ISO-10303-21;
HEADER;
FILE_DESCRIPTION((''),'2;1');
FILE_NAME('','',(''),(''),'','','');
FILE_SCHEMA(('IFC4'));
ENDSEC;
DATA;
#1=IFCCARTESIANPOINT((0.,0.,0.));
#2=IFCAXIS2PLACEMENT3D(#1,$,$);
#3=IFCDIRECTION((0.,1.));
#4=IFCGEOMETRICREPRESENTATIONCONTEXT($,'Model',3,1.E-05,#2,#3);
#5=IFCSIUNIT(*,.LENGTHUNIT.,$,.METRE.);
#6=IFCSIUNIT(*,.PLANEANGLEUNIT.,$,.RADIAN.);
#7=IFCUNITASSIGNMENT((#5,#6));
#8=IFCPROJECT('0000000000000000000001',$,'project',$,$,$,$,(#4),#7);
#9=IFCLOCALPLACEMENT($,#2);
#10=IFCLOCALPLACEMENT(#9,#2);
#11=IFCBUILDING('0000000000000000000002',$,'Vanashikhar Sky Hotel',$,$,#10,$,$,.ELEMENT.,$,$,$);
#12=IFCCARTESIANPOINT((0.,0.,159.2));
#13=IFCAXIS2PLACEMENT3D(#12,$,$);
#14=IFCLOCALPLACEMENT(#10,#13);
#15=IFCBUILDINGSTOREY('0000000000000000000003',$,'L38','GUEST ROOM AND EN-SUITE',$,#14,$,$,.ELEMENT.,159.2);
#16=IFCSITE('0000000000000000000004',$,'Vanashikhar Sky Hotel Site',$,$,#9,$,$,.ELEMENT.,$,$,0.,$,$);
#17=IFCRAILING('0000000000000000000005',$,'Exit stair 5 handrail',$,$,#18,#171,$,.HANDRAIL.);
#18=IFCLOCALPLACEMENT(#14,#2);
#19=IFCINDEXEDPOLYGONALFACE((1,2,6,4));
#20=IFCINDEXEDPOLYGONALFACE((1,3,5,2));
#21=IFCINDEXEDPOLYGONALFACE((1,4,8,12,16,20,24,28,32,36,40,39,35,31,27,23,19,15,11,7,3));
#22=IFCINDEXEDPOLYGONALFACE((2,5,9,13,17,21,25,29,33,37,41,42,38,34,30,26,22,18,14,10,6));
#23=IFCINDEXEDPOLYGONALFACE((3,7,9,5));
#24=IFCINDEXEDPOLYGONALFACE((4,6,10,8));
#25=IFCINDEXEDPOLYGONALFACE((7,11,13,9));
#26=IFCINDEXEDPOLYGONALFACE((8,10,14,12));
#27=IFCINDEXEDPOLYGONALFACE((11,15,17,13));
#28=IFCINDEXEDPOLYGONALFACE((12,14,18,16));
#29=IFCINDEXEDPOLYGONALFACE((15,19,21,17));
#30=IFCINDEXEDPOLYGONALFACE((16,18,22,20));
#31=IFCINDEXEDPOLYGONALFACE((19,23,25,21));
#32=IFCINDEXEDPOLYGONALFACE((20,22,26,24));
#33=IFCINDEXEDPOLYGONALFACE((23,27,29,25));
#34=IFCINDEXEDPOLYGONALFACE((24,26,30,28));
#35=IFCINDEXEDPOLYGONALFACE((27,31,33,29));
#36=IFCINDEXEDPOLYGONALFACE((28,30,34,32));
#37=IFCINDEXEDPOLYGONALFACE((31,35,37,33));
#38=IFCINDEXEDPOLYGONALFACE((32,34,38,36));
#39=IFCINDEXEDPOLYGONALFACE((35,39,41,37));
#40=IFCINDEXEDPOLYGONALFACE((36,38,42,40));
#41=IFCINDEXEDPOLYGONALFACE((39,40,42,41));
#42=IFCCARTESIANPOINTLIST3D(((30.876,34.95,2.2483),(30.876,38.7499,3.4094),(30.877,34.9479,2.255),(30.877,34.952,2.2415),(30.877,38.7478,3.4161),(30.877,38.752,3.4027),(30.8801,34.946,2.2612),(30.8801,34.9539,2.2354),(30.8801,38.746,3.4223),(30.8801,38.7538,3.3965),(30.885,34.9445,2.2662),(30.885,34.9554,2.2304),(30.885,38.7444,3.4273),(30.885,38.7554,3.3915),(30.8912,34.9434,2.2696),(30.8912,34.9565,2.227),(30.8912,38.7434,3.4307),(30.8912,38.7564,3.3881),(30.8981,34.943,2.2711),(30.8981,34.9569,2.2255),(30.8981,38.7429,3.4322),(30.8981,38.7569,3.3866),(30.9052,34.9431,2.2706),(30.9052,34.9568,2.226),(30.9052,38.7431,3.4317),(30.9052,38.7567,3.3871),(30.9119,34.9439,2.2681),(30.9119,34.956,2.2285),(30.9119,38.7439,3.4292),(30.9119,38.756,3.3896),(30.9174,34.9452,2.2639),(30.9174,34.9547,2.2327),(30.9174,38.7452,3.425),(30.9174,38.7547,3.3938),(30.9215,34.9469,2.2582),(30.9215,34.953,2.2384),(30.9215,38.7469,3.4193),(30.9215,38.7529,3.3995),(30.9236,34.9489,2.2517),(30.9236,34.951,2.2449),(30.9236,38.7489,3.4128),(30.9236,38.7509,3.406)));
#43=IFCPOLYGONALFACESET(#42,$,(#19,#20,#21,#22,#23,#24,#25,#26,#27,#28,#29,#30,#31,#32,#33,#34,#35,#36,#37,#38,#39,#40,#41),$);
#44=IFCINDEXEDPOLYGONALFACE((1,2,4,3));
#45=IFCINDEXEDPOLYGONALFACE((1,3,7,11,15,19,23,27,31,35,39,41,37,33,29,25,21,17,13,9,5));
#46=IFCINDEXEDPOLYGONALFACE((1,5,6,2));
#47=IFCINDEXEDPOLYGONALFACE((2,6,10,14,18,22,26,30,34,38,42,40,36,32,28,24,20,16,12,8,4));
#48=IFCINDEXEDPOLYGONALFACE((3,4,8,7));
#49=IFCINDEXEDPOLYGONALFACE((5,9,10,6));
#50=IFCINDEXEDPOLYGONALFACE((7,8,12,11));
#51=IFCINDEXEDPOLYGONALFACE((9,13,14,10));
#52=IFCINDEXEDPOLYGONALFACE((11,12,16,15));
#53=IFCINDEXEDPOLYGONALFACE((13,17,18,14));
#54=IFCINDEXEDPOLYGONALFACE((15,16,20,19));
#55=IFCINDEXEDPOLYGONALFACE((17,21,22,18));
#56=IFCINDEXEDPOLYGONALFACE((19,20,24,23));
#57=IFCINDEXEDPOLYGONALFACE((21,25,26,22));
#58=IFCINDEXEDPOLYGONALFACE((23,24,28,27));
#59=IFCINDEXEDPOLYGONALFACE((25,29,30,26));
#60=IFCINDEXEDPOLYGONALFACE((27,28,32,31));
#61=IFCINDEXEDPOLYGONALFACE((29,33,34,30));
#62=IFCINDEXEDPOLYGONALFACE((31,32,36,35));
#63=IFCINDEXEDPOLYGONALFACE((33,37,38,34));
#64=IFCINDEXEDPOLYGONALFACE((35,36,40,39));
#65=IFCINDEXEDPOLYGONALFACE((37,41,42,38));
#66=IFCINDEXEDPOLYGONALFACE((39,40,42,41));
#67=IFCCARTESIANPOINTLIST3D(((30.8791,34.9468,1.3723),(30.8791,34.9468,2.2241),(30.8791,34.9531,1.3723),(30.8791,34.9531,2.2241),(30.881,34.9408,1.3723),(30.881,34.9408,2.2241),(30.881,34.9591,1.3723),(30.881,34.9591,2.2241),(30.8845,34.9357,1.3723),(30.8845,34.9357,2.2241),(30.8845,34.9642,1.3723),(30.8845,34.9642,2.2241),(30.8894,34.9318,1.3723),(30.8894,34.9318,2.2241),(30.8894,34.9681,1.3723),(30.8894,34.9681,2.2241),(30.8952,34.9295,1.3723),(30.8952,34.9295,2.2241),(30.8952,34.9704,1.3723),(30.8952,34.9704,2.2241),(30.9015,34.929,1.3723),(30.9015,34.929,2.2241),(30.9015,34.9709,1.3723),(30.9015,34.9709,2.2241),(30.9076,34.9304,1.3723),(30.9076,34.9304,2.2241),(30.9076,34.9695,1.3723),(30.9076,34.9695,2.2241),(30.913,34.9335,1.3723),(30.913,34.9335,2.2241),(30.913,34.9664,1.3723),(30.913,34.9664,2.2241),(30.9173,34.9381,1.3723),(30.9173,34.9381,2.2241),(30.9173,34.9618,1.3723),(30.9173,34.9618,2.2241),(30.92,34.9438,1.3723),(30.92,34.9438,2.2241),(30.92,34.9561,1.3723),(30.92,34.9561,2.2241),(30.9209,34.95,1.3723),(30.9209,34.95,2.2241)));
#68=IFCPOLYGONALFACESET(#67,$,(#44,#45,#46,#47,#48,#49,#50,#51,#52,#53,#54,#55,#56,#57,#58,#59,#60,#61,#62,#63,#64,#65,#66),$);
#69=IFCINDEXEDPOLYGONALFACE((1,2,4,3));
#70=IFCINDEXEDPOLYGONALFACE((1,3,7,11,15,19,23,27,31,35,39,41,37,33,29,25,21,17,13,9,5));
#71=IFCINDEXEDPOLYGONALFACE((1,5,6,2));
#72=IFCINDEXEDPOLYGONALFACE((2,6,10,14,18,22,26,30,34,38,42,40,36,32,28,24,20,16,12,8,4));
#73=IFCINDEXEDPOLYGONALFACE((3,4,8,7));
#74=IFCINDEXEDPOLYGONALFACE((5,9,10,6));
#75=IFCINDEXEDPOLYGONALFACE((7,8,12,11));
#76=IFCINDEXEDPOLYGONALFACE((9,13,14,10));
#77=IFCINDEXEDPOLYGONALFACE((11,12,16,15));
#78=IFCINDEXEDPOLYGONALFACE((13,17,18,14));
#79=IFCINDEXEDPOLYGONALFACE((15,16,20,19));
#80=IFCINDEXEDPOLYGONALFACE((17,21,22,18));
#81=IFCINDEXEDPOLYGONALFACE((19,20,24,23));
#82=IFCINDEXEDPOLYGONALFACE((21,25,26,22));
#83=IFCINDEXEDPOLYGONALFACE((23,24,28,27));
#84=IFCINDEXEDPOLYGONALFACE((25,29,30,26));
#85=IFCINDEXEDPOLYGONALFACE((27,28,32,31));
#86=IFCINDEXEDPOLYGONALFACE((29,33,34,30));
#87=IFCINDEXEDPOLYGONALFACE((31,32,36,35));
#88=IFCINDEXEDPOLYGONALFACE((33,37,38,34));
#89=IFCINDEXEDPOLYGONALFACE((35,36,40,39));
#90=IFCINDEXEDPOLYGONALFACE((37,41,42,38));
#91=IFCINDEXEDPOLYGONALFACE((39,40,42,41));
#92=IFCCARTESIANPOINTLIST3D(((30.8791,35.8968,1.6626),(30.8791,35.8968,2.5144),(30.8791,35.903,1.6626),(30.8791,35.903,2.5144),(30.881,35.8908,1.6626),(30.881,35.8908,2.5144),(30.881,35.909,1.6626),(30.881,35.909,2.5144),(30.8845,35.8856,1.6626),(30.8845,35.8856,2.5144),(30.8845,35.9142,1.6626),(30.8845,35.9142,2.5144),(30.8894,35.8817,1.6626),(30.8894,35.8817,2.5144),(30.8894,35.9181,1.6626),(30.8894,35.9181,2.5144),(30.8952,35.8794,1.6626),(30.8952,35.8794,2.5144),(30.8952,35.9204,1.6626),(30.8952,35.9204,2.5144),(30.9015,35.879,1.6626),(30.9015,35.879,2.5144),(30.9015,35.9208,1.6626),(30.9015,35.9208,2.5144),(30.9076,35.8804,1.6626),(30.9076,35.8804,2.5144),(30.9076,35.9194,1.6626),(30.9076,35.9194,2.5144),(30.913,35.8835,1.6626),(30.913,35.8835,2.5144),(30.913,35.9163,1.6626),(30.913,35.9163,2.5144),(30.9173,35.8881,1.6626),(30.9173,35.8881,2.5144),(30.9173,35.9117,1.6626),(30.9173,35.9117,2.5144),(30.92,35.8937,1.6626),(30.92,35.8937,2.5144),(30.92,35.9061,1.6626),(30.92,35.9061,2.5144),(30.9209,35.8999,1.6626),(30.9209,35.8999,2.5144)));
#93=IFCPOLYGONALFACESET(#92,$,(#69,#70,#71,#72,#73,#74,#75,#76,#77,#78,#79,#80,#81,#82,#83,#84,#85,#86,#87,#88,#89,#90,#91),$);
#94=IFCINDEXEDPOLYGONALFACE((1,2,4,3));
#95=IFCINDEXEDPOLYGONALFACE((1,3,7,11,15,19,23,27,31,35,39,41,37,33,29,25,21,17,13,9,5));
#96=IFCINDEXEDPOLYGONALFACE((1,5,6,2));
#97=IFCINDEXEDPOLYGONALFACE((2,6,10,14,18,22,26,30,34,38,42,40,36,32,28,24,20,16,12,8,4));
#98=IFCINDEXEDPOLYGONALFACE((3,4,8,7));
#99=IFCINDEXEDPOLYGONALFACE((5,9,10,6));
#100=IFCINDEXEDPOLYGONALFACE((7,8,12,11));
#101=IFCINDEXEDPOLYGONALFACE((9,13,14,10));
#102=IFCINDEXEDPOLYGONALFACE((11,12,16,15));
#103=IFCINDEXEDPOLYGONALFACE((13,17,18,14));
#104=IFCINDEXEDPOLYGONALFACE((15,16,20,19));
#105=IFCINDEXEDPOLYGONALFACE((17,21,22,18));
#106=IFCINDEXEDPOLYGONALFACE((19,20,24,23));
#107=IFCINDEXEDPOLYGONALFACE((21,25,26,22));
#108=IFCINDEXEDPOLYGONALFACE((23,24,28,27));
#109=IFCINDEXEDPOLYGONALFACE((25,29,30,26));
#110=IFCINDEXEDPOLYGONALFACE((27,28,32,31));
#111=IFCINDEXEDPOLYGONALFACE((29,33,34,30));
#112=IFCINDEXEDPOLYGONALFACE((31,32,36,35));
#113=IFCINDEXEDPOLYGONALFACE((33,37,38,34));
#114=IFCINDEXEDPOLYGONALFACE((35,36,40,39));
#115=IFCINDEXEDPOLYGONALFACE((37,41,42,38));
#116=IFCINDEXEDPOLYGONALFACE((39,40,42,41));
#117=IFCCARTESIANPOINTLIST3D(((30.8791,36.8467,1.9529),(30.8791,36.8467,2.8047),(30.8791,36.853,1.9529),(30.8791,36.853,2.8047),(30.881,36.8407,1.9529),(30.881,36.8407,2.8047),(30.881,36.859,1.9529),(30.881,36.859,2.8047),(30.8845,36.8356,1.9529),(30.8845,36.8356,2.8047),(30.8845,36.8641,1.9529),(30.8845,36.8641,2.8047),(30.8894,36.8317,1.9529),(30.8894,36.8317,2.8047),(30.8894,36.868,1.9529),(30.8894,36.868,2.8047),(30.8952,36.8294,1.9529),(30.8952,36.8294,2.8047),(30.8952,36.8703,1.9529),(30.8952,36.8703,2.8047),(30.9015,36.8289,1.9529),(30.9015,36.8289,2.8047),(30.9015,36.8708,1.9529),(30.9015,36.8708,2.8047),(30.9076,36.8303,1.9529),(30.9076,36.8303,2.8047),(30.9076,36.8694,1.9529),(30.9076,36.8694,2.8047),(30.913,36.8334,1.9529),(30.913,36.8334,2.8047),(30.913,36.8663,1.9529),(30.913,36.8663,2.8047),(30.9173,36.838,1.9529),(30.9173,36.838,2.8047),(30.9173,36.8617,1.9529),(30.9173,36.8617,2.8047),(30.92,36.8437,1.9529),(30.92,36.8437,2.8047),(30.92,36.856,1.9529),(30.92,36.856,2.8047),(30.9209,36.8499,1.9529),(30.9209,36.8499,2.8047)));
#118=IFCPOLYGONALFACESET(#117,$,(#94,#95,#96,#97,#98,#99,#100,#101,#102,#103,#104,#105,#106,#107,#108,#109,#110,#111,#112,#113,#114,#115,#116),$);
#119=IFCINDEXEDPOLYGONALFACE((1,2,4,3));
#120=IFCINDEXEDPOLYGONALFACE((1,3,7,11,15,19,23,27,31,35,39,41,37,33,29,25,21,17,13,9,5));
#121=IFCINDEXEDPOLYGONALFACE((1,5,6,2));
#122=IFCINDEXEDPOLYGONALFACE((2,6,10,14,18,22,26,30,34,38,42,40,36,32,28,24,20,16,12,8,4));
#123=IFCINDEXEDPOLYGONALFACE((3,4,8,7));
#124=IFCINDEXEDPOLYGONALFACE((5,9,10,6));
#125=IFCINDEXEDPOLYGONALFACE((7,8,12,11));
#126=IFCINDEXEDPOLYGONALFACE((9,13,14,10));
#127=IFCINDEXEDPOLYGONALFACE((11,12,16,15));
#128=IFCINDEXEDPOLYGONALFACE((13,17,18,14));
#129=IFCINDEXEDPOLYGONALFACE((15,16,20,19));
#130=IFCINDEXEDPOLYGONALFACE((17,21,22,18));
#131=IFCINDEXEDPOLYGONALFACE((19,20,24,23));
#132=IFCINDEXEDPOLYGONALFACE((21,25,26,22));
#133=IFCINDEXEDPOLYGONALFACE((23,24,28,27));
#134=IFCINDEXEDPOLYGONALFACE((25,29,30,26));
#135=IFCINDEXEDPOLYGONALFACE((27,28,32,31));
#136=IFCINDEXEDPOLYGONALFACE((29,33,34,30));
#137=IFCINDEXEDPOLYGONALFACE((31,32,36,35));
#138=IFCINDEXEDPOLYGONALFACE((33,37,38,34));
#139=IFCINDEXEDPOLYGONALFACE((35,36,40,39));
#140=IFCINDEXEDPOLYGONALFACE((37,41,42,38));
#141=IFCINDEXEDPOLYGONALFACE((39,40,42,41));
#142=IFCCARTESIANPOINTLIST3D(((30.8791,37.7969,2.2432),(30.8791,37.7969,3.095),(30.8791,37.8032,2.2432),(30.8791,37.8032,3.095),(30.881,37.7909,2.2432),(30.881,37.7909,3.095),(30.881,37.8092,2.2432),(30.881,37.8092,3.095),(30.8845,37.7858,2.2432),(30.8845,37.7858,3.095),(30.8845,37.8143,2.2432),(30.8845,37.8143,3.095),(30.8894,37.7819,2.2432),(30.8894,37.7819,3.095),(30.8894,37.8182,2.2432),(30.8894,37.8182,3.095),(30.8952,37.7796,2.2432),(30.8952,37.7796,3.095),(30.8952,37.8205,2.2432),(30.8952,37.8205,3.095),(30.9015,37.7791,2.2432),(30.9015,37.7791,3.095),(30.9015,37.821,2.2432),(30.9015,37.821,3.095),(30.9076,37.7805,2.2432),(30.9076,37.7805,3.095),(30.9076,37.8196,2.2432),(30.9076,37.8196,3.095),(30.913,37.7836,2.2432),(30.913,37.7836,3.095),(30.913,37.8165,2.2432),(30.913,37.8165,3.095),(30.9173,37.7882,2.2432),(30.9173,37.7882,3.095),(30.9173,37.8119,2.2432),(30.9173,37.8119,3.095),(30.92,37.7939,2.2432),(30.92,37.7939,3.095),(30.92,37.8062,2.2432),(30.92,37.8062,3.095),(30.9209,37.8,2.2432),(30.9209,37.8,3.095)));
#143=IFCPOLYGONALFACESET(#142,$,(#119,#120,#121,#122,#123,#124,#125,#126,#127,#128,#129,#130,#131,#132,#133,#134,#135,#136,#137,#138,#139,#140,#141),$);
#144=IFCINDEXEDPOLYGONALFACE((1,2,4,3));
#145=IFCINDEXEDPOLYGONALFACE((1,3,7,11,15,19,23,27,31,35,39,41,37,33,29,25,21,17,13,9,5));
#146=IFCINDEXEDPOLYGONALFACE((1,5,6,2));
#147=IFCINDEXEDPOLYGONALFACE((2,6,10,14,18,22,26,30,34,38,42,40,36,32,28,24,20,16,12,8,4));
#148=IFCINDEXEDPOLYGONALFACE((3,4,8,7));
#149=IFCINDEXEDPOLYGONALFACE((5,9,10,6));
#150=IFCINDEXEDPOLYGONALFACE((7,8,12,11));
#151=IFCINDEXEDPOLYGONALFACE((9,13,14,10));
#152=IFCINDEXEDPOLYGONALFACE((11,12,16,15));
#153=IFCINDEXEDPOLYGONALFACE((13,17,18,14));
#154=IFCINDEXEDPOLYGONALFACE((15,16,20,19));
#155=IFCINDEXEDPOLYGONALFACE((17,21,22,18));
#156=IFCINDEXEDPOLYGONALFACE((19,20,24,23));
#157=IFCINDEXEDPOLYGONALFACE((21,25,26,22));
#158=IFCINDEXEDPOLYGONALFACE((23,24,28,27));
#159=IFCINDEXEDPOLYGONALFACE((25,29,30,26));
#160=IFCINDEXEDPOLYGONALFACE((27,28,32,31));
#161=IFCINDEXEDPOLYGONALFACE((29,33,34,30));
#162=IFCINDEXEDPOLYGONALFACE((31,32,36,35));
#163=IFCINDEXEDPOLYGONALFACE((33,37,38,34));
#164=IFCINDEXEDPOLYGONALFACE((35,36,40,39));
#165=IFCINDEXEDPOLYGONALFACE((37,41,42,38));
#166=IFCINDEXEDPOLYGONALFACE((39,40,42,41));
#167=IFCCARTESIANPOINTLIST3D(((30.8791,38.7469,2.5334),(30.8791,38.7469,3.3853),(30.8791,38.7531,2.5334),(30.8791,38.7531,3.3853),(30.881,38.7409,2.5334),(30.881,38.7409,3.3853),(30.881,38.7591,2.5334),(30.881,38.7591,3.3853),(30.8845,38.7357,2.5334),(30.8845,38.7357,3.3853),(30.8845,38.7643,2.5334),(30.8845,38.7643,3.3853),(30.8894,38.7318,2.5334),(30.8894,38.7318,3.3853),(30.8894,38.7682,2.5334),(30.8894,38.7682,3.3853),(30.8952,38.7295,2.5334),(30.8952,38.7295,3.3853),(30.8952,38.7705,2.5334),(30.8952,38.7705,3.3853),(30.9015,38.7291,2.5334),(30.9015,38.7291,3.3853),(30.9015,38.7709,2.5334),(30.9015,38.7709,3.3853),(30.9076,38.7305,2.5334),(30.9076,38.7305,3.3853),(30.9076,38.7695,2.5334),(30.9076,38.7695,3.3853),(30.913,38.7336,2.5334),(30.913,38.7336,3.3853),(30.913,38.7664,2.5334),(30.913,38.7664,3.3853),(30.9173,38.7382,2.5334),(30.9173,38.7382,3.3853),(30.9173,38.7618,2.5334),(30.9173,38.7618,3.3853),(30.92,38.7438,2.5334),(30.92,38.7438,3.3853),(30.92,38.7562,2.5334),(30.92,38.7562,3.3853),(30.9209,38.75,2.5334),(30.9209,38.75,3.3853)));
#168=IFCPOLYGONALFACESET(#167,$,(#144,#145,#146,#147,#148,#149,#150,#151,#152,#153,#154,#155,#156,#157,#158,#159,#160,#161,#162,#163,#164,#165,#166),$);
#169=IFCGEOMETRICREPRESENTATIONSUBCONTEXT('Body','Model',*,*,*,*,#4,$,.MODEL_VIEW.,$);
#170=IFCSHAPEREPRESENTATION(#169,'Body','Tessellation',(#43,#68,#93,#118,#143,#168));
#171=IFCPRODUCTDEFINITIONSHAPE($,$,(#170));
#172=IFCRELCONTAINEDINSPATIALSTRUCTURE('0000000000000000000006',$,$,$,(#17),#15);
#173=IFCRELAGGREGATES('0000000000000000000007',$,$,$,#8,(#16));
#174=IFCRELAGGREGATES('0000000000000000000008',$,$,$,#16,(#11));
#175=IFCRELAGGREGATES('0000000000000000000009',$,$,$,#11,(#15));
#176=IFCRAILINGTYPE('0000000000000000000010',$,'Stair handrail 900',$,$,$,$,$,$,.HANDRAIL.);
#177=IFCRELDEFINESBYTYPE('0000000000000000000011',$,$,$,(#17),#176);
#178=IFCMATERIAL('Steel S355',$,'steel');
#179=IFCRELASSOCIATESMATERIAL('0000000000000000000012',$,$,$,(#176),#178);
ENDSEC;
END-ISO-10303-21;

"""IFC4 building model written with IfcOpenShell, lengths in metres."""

from ifc_helpers import new_model, si_unit, direction, frame, origin, origin_2d, place, context, subcontext, project, spatial, circle, extrude, source, transform, mapped, material, type_object, element, save


model = new_model("IFC4")

# Units and contexts
model_context = context("Model", 3, precision=1e-05, world=origin(), true_north=direction((0.0, 1.0)))
body_context = subcontext(model_context, "Body", "Model", "MODEL_VIEW")
ifc_project = project(units=[si_unit("LENGTHUNIT", "METRE"), si_unit("PLANEANGLEUNIT", "RADIAN")], contexts=[model_context])

# Site, building, storey
site_placement = place(None, origin())
site = spatial("IfcSite", under=ifc_project, at=site_placement, Name="Vanashikhar Sky Hotel Site", CompositionType="ELEMENT", RefElevation=0.0)
building_placement = place(site_placement, origin())
building = spatial("IfcBuilding", under=site, at=building_placement, Name="Vanashikhar Sky Hotel", CompositionType="ELEMENT")
storey_placement = place(building_placement, frame((0.0, 0.0, 159.2)))
storey = spatial("IfcBuildingStorey", under=building, at=storey_placement, Name="L38", Description="GUEST ROOM AND EN-SUITE", CompositionType="ELEMENT", Elevation=159.2)

# Railing
ifc_material_1 = material(Name="Steel S355", Category="steel")
railing_type_1 = type_object("IfcRailingType", Name="Stair handrail 900", PredefinedType="HANDRAIL", material=ifc_material_1)
shared_shape_1 = source(origin(), body_context, "Body", "SweptSolid", [
    extrude(circle(Radius=0.0239, at=origin_2d()), frame((0.0, 0.0, 0.876), z_axis=(0.0, 0.956351, 0.29222), x_axis=(-1.0, 0.0, 0.0)), (0.0, 0.0, 1.0), 3.9734),
    extrude(circle(Radius=0.021, at=origin_2d()), origin(), (0.0, 0.0, 1.0), 0.8518),
    extrude(circle(Radius=0.021, at=origin_2d()), frame((0.0, 0.95, 0.2903)), (0.0, 0.0, 1.0), 0.8518),
    extrude(circle(Radius=0.021, at=origin_2d()), frame((0.0, 1.8999, 0.5806)), (0.0, 0.0, 1.0), 0.8518),
    extrude(circle(Radius=0.021, at=origin_2d()), frame((0.0, 2.8501, 0.8708)), (0.0, 0.0, 1.0), 0.8518),
    extrude(circle(Radius=0.021, at=origin_2d()), frame((0.0, 3.8, 1.1611)), (0.0, 0.0, 1.0), 0.8518),
])
railing_1_placement = place(storey_placement, frame((30.8999, 34.95, 1.3723)))
element("IfcRailing", 1, at=railing_1_placement, inside=storey, type_object=railing_type_1, Name="Exit stair 5 handrail", PredefinedType="HANDRAIL", context=body_context, shape_type="MappedRepresentation", body=[
    mapped(shared_shape_1, transform((0.0, 0.0, 0.0), scale=1.0)),
])

save(model, "model.ifc")
